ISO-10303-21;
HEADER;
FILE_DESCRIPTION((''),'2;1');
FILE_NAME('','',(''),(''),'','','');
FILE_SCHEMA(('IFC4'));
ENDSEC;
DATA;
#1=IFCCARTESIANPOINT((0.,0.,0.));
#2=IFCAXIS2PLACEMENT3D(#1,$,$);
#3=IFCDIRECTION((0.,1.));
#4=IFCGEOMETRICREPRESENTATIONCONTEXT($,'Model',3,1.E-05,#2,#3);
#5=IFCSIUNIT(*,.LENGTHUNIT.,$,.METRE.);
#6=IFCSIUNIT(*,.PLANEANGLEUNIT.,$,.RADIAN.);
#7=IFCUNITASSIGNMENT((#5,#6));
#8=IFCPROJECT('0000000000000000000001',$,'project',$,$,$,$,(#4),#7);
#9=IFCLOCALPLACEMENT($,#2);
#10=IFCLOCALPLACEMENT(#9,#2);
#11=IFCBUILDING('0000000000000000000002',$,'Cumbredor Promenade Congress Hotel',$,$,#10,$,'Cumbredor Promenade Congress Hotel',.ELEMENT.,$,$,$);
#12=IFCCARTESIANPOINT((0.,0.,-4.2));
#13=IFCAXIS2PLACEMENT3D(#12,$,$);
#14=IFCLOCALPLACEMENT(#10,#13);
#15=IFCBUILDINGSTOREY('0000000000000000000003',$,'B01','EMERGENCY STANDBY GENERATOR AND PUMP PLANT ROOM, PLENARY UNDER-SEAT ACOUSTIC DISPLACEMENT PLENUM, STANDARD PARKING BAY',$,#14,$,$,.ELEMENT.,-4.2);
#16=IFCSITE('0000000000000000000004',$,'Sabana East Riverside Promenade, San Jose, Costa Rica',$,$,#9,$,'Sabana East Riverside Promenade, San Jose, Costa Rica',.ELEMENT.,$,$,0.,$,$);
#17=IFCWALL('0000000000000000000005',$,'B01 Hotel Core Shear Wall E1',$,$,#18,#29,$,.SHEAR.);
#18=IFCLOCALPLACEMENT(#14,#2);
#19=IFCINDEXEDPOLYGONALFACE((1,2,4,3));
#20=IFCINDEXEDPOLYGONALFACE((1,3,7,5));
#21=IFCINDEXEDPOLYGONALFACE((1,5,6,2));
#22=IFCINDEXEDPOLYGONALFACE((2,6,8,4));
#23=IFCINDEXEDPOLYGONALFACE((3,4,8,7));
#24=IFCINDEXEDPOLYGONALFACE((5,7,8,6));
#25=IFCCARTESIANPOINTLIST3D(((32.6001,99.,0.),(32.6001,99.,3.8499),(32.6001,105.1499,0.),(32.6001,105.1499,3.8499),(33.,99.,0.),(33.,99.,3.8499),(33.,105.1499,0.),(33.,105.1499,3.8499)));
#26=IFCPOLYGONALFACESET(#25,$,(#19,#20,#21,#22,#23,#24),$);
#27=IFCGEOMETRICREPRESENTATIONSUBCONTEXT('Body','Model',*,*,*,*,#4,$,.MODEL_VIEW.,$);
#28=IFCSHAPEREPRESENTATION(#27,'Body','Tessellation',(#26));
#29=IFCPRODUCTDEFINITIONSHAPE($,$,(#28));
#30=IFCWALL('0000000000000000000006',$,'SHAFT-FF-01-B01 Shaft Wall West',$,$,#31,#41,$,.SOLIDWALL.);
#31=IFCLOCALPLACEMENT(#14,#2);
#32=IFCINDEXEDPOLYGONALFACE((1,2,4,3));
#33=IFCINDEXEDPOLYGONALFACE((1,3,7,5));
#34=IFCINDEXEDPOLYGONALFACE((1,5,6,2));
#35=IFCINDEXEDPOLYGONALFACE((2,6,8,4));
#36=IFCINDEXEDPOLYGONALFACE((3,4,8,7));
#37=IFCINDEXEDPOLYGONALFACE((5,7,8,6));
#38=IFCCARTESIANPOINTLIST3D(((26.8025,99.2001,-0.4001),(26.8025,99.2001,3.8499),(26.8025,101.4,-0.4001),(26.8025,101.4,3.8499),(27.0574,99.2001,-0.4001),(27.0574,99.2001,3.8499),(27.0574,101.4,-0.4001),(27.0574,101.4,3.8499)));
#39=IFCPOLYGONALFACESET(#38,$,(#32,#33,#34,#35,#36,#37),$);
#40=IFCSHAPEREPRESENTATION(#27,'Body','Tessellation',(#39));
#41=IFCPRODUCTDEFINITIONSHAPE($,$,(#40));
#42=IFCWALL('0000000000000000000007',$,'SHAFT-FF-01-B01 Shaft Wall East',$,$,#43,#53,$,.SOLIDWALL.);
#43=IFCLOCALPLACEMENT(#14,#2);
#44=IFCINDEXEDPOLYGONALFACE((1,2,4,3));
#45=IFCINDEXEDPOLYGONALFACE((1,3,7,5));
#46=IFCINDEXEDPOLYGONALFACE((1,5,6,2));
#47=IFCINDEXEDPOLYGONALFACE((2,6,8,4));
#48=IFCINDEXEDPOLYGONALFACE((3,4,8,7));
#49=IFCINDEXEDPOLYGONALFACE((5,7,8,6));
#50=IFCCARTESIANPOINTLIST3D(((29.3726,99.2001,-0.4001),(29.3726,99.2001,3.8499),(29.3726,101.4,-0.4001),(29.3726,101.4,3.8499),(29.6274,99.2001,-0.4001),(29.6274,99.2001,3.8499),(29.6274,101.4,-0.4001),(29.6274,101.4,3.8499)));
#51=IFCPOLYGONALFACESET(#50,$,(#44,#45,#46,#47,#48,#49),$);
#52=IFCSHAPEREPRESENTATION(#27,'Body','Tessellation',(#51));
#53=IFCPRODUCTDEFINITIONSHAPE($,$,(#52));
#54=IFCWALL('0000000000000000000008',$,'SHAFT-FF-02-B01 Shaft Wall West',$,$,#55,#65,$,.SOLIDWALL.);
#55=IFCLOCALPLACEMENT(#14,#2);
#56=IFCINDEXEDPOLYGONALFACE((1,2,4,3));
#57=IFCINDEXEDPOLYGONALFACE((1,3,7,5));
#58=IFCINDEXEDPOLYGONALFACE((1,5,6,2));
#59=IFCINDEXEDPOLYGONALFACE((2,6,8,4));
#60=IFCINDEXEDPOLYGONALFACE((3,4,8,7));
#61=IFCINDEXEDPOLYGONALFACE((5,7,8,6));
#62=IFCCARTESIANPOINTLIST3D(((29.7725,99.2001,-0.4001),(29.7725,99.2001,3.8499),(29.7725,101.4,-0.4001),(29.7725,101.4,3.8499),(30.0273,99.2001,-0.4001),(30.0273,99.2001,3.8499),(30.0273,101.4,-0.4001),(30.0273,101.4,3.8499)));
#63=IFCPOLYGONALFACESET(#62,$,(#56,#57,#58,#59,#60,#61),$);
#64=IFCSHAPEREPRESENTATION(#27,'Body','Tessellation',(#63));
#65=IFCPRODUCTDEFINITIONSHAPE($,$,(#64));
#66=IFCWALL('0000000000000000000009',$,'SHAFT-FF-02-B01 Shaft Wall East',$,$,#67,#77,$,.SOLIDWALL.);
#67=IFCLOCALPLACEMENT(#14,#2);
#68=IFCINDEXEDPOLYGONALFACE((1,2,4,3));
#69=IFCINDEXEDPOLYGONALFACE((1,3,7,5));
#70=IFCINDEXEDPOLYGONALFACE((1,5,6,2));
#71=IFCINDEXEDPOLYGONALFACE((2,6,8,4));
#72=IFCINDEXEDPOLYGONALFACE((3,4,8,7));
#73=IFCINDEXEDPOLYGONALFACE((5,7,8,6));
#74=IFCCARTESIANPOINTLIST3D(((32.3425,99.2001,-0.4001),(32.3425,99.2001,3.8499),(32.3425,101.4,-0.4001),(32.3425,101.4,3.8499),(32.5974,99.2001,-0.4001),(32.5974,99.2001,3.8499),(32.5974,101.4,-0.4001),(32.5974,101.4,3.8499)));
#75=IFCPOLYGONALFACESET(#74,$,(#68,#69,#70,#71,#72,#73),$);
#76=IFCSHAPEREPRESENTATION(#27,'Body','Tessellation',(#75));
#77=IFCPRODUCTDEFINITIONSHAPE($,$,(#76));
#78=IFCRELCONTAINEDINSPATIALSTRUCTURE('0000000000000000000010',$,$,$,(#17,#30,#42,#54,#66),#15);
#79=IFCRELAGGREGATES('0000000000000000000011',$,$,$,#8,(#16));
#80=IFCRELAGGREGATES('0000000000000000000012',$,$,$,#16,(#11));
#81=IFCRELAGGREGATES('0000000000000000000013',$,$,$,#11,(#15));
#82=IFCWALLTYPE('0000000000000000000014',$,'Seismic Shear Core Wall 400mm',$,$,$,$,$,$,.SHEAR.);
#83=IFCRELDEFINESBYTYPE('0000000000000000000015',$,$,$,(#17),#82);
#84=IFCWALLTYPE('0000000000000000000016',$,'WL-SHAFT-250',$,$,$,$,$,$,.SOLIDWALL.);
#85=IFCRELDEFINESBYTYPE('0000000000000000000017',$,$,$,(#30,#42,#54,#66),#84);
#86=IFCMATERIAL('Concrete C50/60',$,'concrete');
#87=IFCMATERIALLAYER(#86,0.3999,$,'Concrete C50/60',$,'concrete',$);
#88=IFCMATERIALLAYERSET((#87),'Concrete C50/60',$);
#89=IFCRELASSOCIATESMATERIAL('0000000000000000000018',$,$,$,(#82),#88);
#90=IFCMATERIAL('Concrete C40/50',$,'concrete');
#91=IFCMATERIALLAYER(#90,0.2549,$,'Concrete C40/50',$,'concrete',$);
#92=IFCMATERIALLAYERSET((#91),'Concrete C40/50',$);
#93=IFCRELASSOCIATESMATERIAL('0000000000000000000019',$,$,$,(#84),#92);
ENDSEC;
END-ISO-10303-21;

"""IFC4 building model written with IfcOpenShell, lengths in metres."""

from ifc_helpers import new_model, si_unit, direction, frame, frame_2d, origin, place, context, subcontext, project, spatial, rectangle, extrude, material, layer, layer_set, type_object, element, save


model = new_model("IFC4")

# Units and contexts
model_context = context("Model", 3, precision=1e-05, world=origin(), true_north=direction((0.0, 1.0)))
body_context = subcontext(model_context, "Body", "Model", "MODEL_VIEW")
ifc_project = project(units=[si_unit("LENGTHUNIT", "METRE"), si_unit("PLANEANGLEUNIT", "RADIAN")], contexts=[model_context])

# Site, building, storey
site_placement = place(None, origin())
site = spatial("IfcSite", under=ifc_project, at=site_placement, Name="Sabana East Riverside Promenade, San Jose, Costa Rica", LongName="Sabana East Riverside Promenade, San Jose, Costa Rica", CompositionType="ELEMENT", RefElevation=0.0)
building_placement = place(site_placement, origin())
building = spatial("IfcBuilding", under=site, at=building_placement, Name="Cumbredor Promenade Congress Hotel", LongName="Cumbredor Promenade Congress Hotel", CompositionType="ELEMENT")
storey_placement = place(building_placement, frame((0.0, 0.0, -4.2)))
storey = spatial("IfcBuildingStorey", under=building, at=storey_placement, Name="B01", Description="EMERGENCY STANDBY GENERATOR AND PUMP PLANT ROOM, PLENARY UNDER-SEAT ACOUSTIC DISPLACEMENT PLENUM, STANDARD PARKING BAY", CompositionType="ELEMENT", Elevation=-4.2)

# Shared definitions
ifc_material_1 = material(Name="Concrete C50/60", Category="concrete")

# Shared definitions
ifc_material_2 = material(Name="Concrete C40/50", Category="concrete")

# Walls
ifc_layer_1 = layer(ifc_material_1, 0.3999, Name="Concrete C50/60", Category="concrete")
ifc_layer_set_1 = layer_set([ifc_layer_1], Name="Concrete C50/60")
wall_type_1 = type_object("IfcWallType", Name="Seismic Shear Core Wall 400mm", PredefinedType="SHEAR", material=ifc_layer_set_1)
wall_1_placement = place(storey_placement, frame((32.8, 99.0, 0.0), z_axis=(0.0, 0.0, 1.0), x_axis=(0.0, 1.0, 0.0)))
element("IfcWall", 1, at=wall_1_placement, inside=storey, type_object=wall_type_1, Name="B01 Hotel Core Shear Wall E1", PredefinedType="SHEAR", context=body_context, shape_type="SweptSolid", body=[
    extrude(rectangle(XDim=6.1499, YDim=0.3999, at=frame_2d((3.075, 0.0))), origin(), (0.0, 0.0, 1.0), 3.8499),
])
ifc_layer_2 = layer(ifc_material_2, 0.2549, Name="Concrete C40/50", Category="concrete")
ifc_layer_set_2 = layer_set([ifc_layer_2], Name="Concrete C40/50")
wall_type_2 = type_object("IfcWallType", Name="WL-SHAFT-250", PredefinedType="SOLIDWALL", material=ifc_layer_set_2)
for number, where, z_axis, x_axis, name in (
    (2, (26.9299, 99.2, -0.4001), (0.0, 0.0, 1.0), (0.0, 1.0, 0.0), "SHAFT-FF-01-B01 Shaft Wall West"),
    (3, (29.5, 99.2, -0.4001), (0.0, 0.0, 1.0), (0.0, 1.0, 0.0), "SHAFT-FF-01-B01 Shaft Wall East"),
    (4, (29.8999, 99.2, -0.4001), (0.0, 0.0, 1.0), (0.0, 1.0, 0.0), "SHAFT-FF-02-B01 Shaft Wall West"),
    (5, (32.47, 99.2, -0.4001), (0.0, 0.0, 1.0), (0.0, 1.0, 0.0), "SHAFT-FF-02-B01 Shaft Wall East"),
):
    element("IfcWall", number, at=place(storey_placement, frame(where, z_axis=z_axis, x_axis=x_axis)), inside=storey, type_object=wall_type_2, Name=name, PredefinedType="SOLIDWALL", context=body_context, shape_type="SweptSolid", body=[
        extrude(rectangle(XDim=2.2, YDim=0.2549, at=frame_2d((1.1001, 0.0))), origin(), (0.0, 0.0, 1.0), 4.25),
    ])

save(model, "model.ifc")
